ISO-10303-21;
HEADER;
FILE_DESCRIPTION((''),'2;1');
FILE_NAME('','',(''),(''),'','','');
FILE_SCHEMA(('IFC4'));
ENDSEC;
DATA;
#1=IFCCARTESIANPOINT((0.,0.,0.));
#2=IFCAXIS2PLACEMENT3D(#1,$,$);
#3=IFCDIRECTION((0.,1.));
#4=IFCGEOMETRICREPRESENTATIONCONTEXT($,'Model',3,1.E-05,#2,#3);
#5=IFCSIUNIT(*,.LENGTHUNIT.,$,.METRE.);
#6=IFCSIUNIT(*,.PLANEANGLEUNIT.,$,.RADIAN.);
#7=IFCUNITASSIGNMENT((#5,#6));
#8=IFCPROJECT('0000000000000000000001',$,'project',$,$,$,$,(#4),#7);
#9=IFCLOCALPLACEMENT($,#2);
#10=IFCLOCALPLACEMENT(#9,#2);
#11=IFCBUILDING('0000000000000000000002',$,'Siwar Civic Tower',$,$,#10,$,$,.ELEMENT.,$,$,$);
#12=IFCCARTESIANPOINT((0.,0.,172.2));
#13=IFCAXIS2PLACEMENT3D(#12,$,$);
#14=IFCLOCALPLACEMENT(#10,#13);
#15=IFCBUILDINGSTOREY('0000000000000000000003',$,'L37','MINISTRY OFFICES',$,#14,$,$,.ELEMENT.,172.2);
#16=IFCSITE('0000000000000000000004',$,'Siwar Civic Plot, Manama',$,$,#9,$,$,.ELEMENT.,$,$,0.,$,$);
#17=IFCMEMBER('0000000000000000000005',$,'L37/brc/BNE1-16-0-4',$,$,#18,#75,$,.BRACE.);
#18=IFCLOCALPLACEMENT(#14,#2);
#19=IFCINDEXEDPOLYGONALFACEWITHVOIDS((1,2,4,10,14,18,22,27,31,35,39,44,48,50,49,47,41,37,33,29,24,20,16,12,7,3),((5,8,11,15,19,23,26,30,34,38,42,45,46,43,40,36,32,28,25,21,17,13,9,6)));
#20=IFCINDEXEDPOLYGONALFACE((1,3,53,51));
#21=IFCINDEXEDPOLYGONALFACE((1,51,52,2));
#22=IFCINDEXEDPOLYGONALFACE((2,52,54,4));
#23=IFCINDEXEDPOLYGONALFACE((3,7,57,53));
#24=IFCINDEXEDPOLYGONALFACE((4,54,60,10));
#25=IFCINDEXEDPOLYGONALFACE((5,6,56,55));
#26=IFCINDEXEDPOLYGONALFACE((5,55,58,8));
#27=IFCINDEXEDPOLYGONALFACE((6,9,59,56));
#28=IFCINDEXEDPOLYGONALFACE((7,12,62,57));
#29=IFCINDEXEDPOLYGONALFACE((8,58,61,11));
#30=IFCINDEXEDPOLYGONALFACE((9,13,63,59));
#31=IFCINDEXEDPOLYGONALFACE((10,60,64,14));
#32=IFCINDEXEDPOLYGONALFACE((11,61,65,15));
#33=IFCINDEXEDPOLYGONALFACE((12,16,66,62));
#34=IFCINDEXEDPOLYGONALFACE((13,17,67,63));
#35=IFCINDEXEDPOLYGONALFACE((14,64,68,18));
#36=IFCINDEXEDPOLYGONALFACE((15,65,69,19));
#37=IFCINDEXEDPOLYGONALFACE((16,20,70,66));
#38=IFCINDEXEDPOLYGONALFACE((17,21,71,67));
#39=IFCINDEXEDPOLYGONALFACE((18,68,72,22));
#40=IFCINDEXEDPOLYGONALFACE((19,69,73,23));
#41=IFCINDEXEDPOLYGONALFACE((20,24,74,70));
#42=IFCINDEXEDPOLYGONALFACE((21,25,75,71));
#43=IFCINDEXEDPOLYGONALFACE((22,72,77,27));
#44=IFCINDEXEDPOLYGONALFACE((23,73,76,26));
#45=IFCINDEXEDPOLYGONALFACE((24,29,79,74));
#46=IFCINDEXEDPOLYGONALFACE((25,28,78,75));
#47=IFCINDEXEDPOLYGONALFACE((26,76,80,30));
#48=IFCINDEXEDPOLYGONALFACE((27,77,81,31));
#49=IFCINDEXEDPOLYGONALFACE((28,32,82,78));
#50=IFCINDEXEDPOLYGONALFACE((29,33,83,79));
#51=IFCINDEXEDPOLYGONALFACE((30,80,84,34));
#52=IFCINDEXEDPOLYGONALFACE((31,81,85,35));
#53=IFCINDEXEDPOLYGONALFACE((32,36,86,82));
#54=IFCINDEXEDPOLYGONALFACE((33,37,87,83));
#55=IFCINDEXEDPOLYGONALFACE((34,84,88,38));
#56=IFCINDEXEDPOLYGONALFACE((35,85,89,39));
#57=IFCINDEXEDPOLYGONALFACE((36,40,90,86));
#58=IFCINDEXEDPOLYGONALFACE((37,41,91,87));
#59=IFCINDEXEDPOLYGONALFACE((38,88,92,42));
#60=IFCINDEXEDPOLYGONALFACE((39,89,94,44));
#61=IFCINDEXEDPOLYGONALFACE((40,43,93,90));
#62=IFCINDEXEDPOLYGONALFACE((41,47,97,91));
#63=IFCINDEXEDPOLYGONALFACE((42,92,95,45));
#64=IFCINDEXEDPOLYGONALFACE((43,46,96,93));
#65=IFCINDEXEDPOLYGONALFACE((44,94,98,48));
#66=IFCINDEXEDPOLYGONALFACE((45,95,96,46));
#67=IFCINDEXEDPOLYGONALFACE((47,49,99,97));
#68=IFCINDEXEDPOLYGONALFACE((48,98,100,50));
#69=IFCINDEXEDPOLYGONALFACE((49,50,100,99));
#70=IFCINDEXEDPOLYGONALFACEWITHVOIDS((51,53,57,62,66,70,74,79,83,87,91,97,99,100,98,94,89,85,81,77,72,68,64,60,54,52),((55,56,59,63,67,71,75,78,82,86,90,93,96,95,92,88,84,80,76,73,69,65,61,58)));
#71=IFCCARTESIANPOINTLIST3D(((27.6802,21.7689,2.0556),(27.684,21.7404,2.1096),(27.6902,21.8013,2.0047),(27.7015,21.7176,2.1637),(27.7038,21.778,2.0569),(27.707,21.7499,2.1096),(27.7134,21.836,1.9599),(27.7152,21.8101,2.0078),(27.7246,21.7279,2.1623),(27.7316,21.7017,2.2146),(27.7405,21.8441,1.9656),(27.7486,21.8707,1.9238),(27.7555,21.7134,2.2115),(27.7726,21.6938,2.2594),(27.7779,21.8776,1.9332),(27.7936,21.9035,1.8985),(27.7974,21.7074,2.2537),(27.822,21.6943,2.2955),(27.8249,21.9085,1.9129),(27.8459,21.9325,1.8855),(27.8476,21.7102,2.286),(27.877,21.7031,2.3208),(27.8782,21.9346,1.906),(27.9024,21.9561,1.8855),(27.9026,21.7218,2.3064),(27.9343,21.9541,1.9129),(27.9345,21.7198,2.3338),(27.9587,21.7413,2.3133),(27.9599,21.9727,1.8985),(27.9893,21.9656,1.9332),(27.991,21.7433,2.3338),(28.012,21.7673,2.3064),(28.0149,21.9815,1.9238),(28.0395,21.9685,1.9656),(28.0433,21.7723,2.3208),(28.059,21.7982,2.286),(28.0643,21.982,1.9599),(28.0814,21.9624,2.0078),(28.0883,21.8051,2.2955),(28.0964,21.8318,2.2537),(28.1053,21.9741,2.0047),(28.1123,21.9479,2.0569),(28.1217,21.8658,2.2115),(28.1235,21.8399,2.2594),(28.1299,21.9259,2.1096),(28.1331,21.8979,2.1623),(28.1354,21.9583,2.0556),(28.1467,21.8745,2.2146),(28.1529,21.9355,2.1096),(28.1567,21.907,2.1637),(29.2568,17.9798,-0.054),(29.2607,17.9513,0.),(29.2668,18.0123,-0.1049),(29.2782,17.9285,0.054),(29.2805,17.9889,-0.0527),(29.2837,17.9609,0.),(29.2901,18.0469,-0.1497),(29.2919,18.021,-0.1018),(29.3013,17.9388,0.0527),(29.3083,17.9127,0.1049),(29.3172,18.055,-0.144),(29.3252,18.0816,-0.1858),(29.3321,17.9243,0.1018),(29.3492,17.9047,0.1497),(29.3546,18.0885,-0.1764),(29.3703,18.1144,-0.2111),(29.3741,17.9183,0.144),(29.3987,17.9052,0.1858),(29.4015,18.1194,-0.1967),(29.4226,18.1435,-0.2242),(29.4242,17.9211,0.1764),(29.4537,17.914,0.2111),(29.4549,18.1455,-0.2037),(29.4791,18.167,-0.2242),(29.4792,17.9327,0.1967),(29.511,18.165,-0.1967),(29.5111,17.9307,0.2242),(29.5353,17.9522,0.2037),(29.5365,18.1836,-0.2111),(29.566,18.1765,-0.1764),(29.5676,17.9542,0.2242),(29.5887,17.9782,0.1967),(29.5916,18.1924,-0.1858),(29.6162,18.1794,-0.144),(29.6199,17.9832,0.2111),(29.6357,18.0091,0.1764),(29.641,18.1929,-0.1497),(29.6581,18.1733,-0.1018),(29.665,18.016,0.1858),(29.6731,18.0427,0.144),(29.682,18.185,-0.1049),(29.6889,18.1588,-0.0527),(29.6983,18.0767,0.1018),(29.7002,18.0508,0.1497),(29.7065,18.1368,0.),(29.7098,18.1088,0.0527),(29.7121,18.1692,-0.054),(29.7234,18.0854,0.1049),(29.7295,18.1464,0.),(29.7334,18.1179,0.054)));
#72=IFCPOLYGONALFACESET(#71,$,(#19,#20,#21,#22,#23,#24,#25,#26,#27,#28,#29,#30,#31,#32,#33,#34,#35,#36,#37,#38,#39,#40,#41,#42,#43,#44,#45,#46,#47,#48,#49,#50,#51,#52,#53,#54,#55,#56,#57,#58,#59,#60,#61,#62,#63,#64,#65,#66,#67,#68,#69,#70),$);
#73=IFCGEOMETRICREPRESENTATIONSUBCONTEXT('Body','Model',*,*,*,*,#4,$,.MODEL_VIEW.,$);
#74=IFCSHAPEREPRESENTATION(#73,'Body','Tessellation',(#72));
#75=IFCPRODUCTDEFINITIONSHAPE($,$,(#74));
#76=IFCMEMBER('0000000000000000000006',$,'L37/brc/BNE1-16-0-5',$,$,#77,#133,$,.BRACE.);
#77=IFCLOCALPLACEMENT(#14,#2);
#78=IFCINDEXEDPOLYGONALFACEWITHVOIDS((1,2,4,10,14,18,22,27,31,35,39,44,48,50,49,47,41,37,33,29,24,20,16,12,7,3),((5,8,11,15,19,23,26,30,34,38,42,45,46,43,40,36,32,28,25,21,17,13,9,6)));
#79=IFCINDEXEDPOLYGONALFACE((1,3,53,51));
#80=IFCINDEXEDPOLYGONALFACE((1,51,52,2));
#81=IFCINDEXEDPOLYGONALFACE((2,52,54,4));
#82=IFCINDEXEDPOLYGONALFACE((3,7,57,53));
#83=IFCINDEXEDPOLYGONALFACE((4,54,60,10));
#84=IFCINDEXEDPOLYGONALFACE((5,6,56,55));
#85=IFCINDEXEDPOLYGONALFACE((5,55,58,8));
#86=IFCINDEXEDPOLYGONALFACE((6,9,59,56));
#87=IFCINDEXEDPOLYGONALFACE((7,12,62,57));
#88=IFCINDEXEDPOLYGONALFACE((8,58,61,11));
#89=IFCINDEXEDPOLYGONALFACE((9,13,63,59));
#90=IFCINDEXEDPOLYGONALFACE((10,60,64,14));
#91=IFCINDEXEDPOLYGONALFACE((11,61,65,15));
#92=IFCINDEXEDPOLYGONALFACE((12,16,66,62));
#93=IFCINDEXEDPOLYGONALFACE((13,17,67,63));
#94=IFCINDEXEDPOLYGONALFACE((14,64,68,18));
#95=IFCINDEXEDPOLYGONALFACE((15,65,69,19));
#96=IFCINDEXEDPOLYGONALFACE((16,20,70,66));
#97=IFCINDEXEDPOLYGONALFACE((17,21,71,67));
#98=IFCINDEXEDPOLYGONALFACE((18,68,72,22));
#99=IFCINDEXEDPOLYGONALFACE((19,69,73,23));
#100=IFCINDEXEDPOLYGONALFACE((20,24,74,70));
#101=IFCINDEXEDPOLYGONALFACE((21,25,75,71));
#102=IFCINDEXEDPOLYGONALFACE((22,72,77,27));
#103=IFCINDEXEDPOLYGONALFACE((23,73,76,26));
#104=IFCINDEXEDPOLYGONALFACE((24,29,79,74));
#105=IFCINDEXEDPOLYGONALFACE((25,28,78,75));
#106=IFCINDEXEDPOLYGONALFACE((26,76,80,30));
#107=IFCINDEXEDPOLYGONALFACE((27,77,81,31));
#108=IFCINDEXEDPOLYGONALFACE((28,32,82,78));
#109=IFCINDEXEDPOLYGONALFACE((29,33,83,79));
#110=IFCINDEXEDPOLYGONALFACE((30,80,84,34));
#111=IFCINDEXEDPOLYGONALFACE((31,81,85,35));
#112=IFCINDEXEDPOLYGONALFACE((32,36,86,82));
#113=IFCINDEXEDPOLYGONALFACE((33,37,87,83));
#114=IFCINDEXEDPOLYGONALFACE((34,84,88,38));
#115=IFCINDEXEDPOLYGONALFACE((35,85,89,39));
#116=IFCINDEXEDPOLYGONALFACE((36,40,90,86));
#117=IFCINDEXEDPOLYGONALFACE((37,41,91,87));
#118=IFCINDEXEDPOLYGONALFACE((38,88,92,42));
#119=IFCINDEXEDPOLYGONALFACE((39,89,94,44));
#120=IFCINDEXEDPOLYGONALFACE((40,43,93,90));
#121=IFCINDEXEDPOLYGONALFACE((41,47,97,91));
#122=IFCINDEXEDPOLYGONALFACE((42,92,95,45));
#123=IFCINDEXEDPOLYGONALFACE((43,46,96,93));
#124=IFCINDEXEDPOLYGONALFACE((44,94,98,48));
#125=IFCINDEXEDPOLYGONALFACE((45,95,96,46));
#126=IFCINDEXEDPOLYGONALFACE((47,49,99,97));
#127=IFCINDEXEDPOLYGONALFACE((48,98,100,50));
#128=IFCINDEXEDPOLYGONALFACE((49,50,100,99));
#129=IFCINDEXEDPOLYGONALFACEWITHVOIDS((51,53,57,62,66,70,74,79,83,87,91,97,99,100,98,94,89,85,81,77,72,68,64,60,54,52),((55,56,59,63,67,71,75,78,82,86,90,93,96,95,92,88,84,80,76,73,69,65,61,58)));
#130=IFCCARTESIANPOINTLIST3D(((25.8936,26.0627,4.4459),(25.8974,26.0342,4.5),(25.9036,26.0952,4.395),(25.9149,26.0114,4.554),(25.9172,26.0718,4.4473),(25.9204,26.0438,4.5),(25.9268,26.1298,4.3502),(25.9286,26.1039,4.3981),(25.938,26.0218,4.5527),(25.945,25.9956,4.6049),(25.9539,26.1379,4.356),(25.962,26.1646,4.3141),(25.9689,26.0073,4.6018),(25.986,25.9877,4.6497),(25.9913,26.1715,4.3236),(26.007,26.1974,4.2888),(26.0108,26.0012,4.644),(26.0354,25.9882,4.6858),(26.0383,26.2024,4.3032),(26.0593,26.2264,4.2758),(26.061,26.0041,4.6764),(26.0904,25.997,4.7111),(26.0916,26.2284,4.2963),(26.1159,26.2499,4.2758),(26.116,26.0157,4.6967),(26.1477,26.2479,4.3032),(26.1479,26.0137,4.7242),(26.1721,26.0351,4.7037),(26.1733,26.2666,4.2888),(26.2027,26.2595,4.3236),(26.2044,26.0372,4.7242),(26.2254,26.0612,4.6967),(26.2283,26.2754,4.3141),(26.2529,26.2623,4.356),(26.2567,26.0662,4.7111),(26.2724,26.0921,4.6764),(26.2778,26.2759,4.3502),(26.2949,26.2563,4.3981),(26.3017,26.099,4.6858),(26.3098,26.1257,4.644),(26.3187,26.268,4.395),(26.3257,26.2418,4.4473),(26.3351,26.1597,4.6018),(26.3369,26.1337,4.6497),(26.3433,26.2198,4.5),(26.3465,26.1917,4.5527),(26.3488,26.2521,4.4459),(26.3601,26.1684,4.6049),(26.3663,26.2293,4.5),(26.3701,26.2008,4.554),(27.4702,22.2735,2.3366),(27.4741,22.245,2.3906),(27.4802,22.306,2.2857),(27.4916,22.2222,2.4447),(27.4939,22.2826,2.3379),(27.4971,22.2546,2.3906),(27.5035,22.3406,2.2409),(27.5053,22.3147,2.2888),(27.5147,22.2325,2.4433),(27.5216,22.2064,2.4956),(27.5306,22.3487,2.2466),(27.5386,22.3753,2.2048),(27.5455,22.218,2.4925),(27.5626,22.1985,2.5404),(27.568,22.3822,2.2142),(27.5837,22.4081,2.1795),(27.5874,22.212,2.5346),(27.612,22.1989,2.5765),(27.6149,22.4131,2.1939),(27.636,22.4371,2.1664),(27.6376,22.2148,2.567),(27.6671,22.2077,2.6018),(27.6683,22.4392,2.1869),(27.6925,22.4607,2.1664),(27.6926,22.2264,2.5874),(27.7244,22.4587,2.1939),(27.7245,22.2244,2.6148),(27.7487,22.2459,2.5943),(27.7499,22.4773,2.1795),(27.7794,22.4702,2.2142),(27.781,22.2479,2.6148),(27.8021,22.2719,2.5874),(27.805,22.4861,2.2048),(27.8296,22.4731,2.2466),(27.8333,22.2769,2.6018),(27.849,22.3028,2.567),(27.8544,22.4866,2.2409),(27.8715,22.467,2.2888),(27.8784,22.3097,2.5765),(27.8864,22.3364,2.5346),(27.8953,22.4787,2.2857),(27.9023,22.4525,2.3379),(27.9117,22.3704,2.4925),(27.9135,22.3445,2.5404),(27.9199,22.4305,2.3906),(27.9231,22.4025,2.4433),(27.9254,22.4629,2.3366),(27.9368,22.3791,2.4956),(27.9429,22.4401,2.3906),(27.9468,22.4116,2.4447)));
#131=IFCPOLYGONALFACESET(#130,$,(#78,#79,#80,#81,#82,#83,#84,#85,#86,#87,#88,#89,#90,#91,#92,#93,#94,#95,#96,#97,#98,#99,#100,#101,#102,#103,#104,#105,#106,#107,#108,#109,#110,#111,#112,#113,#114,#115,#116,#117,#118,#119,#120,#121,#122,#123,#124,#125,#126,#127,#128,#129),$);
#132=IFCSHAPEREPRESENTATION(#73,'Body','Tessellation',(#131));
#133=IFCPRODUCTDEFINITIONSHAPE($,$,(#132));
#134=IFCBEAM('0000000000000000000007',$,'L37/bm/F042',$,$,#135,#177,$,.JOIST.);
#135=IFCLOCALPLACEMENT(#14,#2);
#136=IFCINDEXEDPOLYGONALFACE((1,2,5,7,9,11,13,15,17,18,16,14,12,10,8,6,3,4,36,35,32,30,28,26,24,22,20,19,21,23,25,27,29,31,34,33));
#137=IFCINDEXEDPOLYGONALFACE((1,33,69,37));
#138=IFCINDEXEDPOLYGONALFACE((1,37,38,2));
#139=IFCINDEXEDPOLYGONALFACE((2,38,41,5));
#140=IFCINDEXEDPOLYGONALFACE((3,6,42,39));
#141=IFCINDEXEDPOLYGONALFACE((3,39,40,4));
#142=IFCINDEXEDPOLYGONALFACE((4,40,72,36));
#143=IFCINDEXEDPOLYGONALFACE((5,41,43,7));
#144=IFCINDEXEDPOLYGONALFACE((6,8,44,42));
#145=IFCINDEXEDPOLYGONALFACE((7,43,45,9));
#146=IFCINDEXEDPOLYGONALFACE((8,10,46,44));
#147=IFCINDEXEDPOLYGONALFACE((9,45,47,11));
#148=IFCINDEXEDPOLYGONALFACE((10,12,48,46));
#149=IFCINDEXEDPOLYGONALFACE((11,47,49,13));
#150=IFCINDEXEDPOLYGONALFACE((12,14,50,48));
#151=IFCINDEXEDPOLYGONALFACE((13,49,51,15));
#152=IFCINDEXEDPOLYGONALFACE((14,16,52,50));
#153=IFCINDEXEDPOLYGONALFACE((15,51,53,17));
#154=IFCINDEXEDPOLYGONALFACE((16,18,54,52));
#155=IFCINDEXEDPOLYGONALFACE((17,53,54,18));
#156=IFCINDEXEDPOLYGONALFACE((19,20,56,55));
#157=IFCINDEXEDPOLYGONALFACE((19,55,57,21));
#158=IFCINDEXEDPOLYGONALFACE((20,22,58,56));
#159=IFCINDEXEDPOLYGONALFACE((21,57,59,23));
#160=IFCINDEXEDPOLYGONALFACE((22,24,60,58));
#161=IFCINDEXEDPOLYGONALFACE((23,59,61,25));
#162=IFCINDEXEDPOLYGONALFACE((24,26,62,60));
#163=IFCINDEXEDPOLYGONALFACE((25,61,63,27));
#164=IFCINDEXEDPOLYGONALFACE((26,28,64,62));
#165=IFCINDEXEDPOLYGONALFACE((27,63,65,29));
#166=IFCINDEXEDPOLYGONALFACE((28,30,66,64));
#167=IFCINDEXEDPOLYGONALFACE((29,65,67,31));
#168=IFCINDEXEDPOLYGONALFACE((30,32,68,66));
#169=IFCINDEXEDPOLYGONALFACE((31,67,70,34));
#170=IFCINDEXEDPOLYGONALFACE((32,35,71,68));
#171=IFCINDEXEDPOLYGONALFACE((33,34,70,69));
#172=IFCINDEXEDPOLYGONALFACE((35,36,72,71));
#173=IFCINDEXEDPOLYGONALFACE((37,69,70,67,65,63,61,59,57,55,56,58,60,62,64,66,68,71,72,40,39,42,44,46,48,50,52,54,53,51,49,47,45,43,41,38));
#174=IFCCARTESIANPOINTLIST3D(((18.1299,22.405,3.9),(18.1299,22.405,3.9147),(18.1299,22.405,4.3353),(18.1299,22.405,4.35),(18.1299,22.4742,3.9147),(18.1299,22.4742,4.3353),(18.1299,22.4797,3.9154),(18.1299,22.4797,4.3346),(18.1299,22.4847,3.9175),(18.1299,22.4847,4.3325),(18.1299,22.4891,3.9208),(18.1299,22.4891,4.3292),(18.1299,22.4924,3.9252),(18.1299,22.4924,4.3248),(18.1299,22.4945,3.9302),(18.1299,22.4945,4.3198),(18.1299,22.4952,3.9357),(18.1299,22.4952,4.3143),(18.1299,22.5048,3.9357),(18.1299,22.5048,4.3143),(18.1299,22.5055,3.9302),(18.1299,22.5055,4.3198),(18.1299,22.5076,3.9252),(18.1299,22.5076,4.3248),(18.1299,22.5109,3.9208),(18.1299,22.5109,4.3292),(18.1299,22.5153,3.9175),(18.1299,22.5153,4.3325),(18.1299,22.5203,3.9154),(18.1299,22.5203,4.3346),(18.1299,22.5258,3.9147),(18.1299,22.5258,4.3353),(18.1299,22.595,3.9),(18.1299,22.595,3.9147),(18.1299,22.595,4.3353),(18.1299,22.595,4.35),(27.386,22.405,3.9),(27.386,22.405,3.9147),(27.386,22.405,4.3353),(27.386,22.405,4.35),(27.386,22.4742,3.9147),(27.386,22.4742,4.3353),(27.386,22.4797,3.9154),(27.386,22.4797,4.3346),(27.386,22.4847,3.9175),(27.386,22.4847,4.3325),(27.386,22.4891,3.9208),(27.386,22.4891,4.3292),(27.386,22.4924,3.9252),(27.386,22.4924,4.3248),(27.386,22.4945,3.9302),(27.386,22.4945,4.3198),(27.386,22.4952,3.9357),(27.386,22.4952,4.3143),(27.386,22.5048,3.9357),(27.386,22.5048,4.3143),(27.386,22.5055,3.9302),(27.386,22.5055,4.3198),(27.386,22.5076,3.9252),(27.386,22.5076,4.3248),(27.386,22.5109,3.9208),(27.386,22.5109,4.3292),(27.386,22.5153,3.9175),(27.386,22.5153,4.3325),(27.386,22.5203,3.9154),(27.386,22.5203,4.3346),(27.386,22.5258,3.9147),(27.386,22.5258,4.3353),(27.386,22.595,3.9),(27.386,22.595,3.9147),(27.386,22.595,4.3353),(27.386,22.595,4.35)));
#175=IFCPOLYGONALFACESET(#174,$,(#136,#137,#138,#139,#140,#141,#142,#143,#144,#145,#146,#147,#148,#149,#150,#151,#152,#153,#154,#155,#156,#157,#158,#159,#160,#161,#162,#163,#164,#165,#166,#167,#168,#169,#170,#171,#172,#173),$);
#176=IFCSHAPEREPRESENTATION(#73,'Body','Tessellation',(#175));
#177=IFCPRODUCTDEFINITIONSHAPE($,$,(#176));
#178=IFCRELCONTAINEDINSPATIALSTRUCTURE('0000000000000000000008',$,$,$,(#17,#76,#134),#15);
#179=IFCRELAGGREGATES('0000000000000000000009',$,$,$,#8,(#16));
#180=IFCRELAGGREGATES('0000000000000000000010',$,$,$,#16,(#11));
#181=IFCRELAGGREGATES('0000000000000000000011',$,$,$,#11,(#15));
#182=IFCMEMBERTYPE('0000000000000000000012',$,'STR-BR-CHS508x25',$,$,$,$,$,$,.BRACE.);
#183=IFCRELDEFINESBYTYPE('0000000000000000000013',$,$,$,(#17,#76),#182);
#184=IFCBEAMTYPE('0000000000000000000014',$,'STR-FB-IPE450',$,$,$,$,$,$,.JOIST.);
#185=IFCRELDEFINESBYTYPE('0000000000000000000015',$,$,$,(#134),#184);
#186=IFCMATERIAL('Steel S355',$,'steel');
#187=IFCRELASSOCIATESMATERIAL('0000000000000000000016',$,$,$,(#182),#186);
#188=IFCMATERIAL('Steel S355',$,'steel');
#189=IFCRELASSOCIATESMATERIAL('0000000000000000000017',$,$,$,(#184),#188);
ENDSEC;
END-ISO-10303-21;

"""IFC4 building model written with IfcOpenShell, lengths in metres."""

from ifc_helpers import new_model, si_unit, direction, frame, origin, origin_2d, place, context, subcontext, project, spatial, hollow_circle, i_section, extrude, material, material_profile, profile_set, type_object, element, save


model = new_model("IFC4")

# Units and contexts
model_context = context("Model", 3, precision=1e-05, world=origin(), true_north=direction((0.0, 1.0)))
body_context = subcontext(model_context, "Body", "Model", "MODEL_VIEW")
ifc_project = project(units=[si_unit("LENGTHUNIT", "METRE"), si_unit("PLANEANGLEUNIT", "RADIAN")], contexts=[model_context])

# Site, building, storey
site_placement = place(None, origin())
site = spatial("IfcSite", under=ifc_project, at=site_placement, Name="Siwar Civic Plot, Manama", CompositionType="ELEMENT", RefElevation=0.0)
building_placement = place(site_placement, origin())
building = spatial("IfcBuilding", under=site, at=building_placement, Name="Siwar Civic Tower", CompositionType="ELEMENT")
storey_placement = place(building_placement, frame((0.0, 0.0, 172.2)))
storey = spatial("IfcBuildingStorey", under=building, at=storey_placement, Name="L37", Description="MINISTRY OFFICES", CompositionType="ELEMENT", Elevation=172.2)

# Members
ifc_material_1 = material(Name="Steel S355", Category="steel")
ifc_material_profile_1 = material_profile(ifc_material_1, hollow_circle(Radius=0.2539, WallThickness=0.0249, at=origin_2d()), Name="CHS508x25")
ifc_profile_set_1 = profile_set([ifc_material_profile_1], Name="Steel S355")
member_type_1 = type_object("IfcMemberType", Name="STR-BR-CHS508x25", PredefinedType="BRACE", material=ifc_profile_set_1)
for number, where, z_axis, x_axis, name in (
    (1, (29.4951, 18.0488, 0.0), (-0.341677, 0.821126, 0.457175), (-0.92326, -0.384176, 0.0), "L37/brc/BNE1-16-0-4"),
    (2, (27.7085, 22.3425, 2.3906), (-0.341671, 0.821163, 0.457113), (-0.923269, -0.384155, 0.0), "L37/brc/BNE1-16-0-5"),
):
    element("IfcMember", number, at=place(storey_placement, frame(where, z_axis=z_axis, x_axis=x_axis)), inside=storey, type_object=member_type_1, Name=name, PredefinedType="BRACE", context=body_context, shape_type="SweptSolid", body=[
        extrude(hollow_circle(Radius=0.2539, WallThickness=0.0249, at=origin_2d()), origin(), (0.0, 0.0, 1.0), 4.6145),
    ])

# Beam
ifc_material_2 = material(Name="Steel S355", Category="steel")
ifc_material_profile_2 = material_profile(ifc_material_2, i_section(OverallWidth=0.1899, OverallDepth=0.45, WebThickness=0.0095, FlangeThickness=0.0146, FilletRadius=0.021, at=origin_2d()), Name="IPE450")
ifc_profile_set_2 = profile_set([ifc_material_profile_2], Name="Steel S355")
beam_type_1 = type_object("IfcBeamType", Name="STR-FB-IPE450", PredefinedType="JOIST", material=ifc_profile_set_2)
beam_1_placement = place(storey_placement, frame((18.1299, 22.5, 4.125), z_axis=(1.0, 0.0, 0.0), x_axis=(0.0, 1.0, 0.0)))
element("IfcBeam", 3, at=beam_1_placement, inside=storey, type_object=beam_type_1, Name="L37/bm/F042", PredefinedType="JOIST", context=body_context, shape_type="SweptSolid", body=[
    extrude(i_section(OverallWidth=0.1899, OverallDepth=0.45, WebThickness=0.0095, FlangeThickness=0.0146, FilletRadius=0.021, at=origin_2d()), origin(), (0.0, 0.0, 1.0), 9.2561),
])

save(model, "model.ifc")
